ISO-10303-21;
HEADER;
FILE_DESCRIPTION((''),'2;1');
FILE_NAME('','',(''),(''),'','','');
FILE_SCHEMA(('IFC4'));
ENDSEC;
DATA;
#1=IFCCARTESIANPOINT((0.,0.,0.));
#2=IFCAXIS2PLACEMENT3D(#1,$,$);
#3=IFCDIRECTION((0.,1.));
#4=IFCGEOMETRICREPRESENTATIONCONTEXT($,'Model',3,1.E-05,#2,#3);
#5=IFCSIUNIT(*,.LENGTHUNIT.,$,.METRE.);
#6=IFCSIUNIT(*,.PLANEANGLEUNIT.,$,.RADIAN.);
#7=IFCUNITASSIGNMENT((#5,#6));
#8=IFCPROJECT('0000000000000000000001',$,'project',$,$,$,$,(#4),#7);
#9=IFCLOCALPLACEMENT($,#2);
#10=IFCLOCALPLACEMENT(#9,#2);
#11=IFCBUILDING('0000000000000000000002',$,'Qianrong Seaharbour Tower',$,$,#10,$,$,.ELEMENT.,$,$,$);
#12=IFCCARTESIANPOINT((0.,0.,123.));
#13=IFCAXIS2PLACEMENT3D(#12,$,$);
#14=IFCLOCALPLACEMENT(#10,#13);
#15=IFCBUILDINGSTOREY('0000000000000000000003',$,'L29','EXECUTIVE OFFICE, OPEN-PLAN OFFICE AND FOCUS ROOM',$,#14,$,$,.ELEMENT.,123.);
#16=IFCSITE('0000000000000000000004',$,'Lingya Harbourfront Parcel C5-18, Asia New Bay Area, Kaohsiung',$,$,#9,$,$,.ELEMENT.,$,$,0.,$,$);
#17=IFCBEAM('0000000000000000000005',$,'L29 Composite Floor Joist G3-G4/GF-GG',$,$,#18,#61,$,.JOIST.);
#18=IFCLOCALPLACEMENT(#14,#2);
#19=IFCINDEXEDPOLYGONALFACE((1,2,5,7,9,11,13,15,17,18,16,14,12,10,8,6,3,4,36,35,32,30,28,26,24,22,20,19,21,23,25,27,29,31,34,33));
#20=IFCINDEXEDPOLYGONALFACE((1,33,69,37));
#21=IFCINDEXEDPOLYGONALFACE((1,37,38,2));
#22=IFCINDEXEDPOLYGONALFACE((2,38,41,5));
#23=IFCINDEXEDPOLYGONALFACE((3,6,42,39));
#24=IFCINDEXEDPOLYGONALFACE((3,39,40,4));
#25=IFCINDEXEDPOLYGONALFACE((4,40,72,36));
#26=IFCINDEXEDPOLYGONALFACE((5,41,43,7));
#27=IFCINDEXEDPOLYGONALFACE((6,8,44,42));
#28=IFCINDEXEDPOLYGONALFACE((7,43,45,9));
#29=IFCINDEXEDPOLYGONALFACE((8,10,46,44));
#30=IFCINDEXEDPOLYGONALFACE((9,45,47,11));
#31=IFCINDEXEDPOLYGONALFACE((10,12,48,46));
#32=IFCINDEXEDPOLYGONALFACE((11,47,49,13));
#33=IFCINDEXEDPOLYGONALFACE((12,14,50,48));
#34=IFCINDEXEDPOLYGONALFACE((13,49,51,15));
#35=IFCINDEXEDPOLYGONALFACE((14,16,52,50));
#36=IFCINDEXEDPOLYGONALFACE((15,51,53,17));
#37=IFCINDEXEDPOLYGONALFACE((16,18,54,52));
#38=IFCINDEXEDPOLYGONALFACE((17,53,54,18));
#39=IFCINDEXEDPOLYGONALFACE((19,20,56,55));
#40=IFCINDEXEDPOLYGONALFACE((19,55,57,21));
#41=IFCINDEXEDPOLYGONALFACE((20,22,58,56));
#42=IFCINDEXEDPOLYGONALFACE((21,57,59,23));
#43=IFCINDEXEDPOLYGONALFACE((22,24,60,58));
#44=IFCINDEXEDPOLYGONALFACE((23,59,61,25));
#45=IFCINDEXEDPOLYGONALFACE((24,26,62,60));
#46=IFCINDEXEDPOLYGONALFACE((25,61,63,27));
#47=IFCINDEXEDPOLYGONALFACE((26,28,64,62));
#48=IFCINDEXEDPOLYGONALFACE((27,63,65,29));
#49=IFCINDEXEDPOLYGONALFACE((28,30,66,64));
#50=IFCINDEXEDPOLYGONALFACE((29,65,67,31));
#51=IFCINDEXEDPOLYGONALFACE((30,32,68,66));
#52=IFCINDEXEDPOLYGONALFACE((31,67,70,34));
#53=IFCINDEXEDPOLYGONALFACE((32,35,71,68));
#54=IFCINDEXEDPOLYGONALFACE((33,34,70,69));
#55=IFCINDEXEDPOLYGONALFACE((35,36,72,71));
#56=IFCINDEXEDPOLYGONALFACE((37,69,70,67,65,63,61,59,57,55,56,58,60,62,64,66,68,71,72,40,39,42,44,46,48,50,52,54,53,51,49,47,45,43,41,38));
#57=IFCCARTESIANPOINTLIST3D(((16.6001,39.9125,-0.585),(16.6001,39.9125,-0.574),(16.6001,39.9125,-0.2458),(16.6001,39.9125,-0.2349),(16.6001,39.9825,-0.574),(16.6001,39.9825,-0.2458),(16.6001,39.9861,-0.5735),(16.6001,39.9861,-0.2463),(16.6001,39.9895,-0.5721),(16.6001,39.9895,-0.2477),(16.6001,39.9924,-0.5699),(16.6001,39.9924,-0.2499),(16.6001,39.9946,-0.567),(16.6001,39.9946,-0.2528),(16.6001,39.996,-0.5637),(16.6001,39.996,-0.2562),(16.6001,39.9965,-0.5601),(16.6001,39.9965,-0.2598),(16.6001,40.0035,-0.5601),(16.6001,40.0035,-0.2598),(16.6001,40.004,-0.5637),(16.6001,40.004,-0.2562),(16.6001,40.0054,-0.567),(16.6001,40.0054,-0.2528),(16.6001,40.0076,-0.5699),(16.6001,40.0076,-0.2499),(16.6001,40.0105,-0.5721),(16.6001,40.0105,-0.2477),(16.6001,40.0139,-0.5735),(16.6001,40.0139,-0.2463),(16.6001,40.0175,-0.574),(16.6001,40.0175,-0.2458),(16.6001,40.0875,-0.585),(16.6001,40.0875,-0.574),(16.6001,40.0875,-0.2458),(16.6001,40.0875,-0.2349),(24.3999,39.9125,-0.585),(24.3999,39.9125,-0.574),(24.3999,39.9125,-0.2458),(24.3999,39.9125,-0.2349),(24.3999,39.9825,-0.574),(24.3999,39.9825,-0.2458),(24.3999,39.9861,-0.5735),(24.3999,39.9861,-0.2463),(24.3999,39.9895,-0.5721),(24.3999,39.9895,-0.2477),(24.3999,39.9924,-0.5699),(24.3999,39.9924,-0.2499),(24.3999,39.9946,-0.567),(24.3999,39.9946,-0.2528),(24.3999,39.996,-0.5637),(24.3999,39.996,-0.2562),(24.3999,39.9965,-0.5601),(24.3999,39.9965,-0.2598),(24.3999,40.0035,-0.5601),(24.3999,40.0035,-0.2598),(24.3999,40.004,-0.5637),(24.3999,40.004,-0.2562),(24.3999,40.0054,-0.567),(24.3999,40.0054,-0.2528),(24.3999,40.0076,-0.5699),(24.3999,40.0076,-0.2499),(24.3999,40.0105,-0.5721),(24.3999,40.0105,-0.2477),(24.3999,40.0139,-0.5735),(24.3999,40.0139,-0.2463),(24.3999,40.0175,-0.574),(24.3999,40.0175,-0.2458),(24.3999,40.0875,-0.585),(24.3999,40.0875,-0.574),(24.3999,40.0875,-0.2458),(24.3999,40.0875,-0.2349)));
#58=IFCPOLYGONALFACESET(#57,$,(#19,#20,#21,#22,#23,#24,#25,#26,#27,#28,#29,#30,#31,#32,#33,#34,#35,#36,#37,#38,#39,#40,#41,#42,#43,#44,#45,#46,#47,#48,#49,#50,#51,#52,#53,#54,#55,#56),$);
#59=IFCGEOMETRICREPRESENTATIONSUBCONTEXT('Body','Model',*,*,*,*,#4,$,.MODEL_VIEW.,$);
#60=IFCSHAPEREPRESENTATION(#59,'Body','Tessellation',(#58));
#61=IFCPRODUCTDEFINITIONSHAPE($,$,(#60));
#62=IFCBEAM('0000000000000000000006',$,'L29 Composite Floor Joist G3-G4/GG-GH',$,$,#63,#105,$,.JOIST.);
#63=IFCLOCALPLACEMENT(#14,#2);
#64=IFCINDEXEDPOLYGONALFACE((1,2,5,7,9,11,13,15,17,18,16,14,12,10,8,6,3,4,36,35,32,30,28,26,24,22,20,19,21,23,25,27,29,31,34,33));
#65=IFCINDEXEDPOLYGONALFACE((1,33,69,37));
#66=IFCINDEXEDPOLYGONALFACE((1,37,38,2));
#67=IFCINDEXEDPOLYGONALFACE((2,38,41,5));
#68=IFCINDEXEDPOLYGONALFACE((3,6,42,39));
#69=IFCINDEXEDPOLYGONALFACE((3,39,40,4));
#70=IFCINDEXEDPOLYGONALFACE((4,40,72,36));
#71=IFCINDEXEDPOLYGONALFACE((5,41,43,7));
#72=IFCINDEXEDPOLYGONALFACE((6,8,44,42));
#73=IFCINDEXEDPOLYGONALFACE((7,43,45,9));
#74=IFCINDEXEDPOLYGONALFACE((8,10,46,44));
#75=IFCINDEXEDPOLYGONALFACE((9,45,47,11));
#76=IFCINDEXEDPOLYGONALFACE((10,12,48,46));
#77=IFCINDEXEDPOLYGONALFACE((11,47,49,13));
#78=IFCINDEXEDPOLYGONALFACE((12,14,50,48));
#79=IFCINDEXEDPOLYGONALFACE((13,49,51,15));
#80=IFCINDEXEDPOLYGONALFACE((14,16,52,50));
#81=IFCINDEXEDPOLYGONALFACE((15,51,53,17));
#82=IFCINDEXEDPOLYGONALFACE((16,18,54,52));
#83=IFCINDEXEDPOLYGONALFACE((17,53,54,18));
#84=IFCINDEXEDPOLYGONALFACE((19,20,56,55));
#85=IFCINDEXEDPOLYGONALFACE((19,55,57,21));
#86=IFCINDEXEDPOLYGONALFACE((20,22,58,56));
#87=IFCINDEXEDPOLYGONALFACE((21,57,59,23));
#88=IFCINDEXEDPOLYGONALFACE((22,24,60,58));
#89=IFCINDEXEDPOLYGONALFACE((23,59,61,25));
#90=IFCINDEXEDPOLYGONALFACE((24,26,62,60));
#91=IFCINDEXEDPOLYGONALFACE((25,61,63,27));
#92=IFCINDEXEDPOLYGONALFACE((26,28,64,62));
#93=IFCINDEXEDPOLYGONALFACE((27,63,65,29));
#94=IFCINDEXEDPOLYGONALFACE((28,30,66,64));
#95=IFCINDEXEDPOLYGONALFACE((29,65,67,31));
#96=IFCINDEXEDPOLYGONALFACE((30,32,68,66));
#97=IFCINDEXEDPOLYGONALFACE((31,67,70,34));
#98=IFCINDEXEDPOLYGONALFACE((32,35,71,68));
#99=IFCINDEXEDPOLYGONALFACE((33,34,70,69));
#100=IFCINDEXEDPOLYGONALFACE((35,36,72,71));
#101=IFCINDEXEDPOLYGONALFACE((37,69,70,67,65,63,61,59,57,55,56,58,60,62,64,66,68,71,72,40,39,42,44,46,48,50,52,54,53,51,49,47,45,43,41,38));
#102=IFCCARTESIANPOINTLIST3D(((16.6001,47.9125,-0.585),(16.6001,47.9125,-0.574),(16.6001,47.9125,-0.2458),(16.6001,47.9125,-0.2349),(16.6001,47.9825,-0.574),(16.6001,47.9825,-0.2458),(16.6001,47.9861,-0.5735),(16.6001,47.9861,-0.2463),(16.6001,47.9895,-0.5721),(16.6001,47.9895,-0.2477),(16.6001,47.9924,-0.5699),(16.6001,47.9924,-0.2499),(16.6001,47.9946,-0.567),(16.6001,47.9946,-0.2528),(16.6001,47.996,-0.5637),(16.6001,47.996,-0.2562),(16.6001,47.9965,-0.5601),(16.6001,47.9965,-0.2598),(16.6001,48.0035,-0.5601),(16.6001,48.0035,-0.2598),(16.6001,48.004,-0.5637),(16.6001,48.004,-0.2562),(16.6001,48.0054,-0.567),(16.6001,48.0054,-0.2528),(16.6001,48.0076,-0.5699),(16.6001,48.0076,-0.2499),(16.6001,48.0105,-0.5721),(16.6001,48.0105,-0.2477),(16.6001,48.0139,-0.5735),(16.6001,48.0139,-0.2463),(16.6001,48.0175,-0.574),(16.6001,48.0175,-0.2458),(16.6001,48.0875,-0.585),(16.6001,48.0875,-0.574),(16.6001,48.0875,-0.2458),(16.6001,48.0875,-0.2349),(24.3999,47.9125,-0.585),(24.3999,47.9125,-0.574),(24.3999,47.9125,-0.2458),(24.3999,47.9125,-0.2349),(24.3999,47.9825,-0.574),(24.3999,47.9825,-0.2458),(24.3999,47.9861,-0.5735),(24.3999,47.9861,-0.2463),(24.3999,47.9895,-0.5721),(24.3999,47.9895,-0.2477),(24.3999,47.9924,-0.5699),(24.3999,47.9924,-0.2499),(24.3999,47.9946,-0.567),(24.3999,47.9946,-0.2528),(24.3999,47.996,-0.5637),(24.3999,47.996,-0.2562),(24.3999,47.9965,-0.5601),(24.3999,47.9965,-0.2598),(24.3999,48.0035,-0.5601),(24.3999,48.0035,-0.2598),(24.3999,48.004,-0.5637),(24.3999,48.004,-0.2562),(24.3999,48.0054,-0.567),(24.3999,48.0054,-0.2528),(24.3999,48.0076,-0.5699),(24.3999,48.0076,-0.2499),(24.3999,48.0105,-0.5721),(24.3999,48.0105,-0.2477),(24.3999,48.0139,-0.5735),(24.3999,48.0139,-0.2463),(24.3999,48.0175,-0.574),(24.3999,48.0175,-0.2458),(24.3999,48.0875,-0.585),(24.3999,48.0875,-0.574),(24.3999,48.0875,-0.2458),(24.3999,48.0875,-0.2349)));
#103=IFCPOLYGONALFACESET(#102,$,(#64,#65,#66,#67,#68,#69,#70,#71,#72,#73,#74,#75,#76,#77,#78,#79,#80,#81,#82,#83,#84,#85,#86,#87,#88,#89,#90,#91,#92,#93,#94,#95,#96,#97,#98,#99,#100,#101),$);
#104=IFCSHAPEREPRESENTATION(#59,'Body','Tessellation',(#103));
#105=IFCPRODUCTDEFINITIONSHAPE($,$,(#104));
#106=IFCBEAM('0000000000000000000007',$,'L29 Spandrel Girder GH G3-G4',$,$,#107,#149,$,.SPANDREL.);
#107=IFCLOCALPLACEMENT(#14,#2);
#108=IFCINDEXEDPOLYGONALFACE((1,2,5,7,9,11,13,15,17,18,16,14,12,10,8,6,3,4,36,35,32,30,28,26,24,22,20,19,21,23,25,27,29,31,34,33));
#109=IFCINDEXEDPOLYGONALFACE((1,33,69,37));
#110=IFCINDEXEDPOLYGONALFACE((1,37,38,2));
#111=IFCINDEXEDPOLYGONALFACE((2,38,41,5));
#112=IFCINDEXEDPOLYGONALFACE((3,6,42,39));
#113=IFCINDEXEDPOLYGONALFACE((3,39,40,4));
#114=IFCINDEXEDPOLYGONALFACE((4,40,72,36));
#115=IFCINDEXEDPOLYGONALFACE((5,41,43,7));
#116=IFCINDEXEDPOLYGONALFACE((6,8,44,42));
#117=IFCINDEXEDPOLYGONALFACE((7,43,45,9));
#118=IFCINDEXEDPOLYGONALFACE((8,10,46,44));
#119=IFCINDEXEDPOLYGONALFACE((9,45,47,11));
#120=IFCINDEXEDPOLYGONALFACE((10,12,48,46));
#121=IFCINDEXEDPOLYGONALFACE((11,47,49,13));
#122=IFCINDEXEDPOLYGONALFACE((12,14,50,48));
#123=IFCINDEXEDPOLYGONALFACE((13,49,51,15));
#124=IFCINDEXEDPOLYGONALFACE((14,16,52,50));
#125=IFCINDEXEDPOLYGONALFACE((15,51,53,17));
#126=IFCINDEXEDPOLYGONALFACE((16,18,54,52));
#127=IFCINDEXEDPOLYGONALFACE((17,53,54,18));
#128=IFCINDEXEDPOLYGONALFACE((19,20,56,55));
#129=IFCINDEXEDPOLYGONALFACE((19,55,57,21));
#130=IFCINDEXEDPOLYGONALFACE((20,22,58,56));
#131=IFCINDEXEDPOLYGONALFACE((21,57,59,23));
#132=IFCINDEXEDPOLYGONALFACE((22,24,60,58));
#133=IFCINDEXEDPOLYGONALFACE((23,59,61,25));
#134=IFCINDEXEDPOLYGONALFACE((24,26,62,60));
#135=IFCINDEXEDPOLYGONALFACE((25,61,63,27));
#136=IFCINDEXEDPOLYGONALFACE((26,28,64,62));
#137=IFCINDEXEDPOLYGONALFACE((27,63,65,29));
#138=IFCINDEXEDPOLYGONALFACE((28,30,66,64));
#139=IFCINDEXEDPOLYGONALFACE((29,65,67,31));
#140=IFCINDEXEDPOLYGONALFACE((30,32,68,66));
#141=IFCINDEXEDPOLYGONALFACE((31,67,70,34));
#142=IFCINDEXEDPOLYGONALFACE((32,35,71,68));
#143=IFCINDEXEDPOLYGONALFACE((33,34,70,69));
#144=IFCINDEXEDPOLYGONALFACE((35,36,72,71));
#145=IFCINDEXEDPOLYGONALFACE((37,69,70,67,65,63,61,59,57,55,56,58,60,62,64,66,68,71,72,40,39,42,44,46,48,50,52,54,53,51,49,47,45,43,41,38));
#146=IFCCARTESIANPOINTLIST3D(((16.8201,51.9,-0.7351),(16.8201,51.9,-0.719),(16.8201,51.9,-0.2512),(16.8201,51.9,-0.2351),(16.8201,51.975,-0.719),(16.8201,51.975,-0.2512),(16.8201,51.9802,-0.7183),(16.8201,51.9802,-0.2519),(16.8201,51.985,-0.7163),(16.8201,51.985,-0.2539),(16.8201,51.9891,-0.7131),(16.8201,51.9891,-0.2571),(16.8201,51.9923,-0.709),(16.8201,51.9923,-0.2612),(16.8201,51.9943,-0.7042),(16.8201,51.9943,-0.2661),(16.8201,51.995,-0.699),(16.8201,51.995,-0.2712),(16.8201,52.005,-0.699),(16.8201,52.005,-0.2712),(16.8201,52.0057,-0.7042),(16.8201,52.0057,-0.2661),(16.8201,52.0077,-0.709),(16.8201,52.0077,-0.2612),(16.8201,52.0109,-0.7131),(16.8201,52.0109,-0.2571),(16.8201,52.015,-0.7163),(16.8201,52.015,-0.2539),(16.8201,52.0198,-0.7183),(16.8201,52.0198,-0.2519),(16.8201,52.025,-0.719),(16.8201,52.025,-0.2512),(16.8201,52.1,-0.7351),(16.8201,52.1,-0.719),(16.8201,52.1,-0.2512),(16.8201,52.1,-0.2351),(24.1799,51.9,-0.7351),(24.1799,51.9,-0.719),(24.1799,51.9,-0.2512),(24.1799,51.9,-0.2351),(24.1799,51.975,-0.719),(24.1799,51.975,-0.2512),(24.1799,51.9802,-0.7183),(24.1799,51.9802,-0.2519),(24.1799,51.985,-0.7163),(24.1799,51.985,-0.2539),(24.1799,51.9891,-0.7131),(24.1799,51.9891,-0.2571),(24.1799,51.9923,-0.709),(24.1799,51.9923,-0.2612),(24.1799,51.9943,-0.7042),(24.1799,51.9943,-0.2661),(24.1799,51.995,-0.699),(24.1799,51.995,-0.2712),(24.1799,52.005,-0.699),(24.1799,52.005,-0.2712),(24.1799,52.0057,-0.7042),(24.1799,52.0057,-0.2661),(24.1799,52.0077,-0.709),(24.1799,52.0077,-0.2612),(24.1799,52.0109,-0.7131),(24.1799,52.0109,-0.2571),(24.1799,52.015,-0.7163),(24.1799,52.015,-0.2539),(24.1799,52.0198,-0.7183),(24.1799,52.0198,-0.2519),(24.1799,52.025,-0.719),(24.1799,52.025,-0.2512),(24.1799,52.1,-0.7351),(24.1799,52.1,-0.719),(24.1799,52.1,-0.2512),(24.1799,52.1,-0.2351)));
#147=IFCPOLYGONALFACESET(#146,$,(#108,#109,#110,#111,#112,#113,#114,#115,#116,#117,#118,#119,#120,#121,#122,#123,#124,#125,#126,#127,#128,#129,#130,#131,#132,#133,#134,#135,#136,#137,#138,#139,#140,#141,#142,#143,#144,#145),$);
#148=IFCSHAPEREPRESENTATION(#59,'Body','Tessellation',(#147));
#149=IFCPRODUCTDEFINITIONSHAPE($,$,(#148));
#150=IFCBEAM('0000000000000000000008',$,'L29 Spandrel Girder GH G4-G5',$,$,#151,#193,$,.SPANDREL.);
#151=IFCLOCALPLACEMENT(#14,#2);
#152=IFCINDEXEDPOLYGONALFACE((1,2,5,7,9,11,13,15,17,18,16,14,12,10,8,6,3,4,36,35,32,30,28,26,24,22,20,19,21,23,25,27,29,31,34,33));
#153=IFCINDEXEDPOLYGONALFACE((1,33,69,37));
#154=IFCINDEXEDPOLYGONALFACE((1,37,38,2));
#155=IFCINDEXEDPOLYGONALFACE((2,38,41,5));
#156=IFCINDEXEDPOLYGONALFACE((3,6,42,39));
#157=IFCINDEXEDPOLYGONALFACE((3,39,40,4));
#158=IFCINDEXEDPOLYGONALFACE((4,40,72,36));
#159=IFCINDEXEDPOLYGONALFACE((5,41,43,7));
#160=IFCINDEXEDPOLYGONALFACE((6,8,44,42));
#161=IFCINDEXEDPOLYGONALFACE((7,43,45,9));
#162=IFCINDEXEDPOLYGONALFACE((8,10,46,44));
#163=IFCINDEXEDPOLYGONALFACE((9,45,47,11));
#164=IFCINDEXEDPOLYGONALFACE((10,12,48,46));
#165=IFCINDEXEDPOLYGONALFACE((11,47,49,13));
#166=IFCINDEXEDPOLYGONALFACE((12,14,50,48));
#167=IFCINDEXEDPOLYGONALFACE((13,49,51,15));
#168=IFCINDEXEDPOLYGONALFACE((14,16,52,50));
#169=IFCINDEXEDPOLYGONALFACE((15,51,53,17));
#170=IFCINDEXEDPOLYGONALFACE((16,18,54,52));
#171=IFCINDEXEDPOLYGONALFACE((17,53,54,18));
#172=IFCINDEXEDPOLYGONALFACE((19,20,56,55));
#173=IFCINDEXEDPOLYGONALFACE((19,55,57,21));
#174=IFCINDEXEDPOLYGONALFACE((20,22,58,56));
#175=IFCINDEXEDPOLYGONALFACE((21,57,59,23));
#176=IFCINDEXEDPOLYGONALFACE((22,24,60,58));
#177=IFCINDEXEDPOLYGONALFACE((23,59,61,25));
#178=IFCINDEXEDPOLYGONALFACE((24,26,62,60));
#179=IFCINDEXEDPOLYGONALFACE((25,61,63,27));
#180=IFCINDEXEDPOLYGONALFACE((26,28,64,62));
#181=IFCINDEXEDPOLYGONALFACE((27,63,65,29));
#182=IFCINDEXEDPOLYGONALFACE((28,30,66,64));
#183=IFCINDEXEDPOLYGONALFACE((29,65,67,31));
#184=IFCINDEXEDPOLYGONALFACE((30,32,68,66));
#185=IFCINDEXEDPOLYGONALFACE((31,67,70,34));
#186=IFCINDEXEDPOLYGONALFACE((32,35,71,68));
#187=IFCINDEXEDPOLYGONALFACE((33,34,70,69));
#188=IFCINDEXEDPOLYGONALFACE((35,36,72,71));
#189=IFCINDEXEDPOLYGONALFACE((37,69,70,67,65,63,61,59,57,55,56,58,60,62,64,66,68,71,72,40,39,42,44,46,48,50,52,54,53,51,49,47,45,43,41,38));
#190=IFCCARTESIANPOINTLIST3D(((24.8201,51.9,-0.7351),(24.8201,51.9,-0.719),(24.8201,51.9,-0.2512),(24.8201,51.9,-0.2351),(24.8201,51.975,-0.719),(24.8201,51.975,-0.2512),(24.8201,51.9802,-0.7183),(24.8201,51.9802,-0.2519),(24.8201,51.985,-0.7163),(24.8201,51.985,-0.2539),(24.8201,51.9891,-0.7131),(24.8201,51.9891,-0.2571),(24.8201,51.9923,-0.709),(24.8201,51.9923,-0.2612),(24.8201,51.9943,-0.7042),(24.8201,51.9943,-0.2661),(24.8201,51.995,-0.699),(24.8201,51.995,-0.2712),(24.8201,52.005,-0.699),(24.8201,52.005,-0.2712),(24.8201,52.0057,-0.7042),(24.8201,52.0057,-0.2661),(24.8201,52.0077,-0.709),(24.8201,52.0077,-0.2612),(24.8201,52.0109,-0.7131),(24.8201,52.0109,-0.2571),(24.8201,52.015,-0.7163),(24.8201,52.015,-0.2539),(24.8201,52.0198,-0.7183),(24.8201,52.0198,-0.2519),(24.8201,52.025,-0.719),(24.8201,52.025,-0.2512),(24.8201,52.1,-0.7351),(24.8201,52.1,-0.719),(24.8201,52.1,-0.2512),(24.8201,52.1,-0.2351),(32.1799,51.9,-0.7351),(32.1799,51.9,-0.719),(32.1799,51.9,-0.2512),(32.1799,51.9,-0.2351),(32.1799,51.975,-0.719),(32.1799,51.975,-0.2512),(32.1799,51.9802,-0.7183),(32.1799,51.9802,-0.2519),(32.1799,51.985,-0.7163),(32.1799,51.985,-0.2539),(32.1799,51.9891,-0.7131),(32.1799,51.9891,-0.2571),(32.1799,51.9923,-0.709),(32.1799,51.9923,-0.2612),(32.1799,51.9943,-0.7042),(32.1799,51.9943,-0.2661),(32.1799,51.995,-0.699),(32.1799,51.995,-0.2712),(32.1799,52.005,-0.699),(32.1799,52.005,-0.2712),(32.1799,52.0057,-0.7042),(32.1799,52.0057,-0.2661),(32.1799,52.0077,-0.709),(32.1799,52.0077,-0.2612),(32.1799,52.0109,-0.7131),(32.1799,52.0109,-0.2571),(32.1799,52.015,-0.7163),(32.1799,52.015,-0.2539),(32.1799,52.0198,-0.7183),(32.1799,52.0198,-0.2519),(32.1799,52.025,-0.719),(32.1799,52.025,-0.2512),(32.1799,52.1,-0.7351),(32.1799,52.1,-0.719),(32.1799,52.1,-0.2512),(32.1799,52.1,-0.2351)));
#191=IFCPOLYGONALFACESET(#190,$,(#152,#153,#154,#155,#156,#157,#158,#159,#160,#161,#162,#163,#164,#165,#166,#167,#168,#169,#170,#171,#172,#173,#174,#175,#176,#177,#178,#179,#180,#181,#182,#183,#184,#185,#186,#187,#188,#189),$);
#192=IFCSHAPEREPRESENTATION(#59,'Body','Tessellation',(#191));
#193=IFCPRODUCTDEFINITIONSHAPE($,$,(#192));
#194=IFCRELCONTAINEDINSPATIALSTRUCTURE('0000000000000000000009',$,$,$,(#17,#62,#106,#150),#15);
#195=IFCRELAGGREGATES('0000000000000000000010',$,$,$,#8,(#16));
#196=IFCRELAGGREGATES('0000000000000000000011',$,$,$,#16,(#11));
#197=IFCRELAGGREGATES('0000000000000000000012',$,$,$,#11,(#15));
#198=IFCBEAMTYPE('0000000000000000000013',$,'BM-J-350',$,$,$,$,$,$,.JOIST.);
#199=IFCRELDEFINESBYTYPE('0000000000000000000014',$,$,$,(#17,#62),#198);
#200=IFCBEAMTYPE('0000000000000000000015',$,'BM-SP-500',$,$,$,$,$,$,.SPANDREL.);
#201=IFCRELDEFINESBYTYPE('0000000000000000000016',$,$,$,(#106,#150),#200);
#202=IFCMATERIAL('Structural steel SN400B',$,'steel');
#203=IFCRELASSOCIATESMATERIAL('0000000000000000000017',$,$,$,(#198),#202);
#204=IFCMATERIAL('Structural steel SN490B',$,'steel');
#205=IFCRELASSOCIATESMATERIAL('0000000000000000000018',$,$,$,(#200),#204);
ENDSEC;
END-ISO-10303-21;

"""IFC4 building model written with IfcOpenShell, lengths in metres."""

from ifc_helpers import new_model, si_unit, direction, frame, origin, origin_2d, place, context, subcontext, project, spatial, i_section, extrude, material, material_profile, profile_set, type_object, element, save


model = new_model("IFC4")

# Units and contexts
model_context = context("Model", 3, precision=1e-05, world=origin(), true_north=direction((0.0, 1.0)))
body_context = subcontext(model_context, "Body", "Model", "MODEL_VIEW")
ifc_project = project(units=[si_unit("LENGTHUNIT", "METRE"), si_unit("PLANEANGLEUNIT", "RADIAN")], contexts=[model_context])

# Site, building, storey
site_placement = place(None, origin())
site = spatial("IfcSite", under=ifc_project, at=site_placement, Name="Lingya Harbourfront Parcel C5-18, Asia New Bay Area, Kaohsiung", CompositionType="ELEMENT", RefElevation=0.0)
building_placement = place(site_placement, origin())
building = spatial("IfcBuilding", under=site, at=building_placement, Name="Qianrong Seaharbour Tower", CompositionType="ELEMENT")
storey_placement = place(building_placement, frame((0.0, 0.0, 123.0)))
storey = spatial("IfcBuildingStorey", under=building, at=storey_placement, Name="L29", Description="EXECUTIVE OFFICE, OPEN-PLAN OFFICE AND FOCUS ROOM", CompositionType="ELEMENT", Elevation=123.0)

# Shared definitions
ifc_material_1 = material(Name="Structural steel SN490B", Category="steel")

# Beams
ifc_material_2 = material(Name="Structural steel SN400B", Category="steel")
ifc_material_profile_1 = material_profile(ifc_material_2, i_section(OverallWidth=0.175, OverallDepth=0.3501, WebThickness=0.0071, FlangeThickness=0.011, FilletRadius=0.0139, at=origin_2d()), Name="H350x175x7x11")
ifc_profile_set_1 = profile_set([ifc_material_profile_1], Name="Structural steel SN400B")
beam_type_1 = type_object("IfcBeamType", Name="BM-J-350", PredefinedType="JOIST", material=ifc_profile_set_1)
for number, where, z_axis, x_axis, name in (
    (1, (16.6001, 40.0, -0.4099), (1.0, 0.0, 0.0), (0.0, 1.0, 0.0), "L29 Composite Floor Joist G3-G4/GF-GG"),
    (2, (16.6001, 48.0, -0.4099), (1.0, 0.0, 0.0), (0.0, 1.0, 0.0), "L29 Composite Floor Joist G3-G4/GG-GH"),
):
    element("IfcBeam", number, at=place(storey_placement, frame(where, z_axis=z_axis, x_axis=x_axis)), inside=storey, type_object=beam_type_1, Name=name, PredefinedType="JOIST", context=body_context, shape_type="SweptSolid", body=[
        extrude(i_section(OverallWidth=0.175, OverallDepth=0.3501, WebThickness=0.0071, FlangeThickness=0.011, FilletRadius=0.0139, at=origin_2d()), origin(), (0.0, 0.0, 1.0), 7.7998),
    ])
ifc_material_profile_2 = material_profile(ifc_material_1, i_section(OverallWidth=0.2, OverallDepth=0.5, WebThickness=0.01, FlangeThickness=0.0161, FilletRadius=0.02, at=origin_2d()), Name="H500x200x10x16")
ifc_profile_set_2 = profile_set([ifc_material_profile_2], Name="Structural steel SN490B")
beam_type_2 = type_object("IfcBeamType", Name="BM-SP-500", PredefinedType="SPANDREL", material=ifc_profile_set_2)
for number, where, z_axis, x_axis, name in (
    (3, (16.8201, 52.0, -0.4851), (1.0, 0.0, 0.0), (0.0, 1.0, 0.0), "L29 Spandrel Girder GH G3-G4"),
    (4, (24.8201, 52.0, -0.4851), (1.0, 0.0, 0.0), (0.0, 1.0, 0.0), "L29 Spandrel Girder GH G4-G5"),
):
    element("IfcBeam", number, at=place(storey_placement, frame(where, z_axis=z_axis, x_axis=x_axis)), inside=storey, type_object=beam_type_2, Name=name, PredefinedType="SPANDREL", context=body_context, shape_type="SweptSolid", body=[
        extrude(i_section(OverallWidth=0.2, OverallDepth=0.5, WebThickness=0.01, FlangeThickness=0.0161, FilletRadius=0.02, at=origin_2d()), origin(), (0.0, 0.0, 1.0), 7.3599),
    ])

save(model, "model.ifc")
